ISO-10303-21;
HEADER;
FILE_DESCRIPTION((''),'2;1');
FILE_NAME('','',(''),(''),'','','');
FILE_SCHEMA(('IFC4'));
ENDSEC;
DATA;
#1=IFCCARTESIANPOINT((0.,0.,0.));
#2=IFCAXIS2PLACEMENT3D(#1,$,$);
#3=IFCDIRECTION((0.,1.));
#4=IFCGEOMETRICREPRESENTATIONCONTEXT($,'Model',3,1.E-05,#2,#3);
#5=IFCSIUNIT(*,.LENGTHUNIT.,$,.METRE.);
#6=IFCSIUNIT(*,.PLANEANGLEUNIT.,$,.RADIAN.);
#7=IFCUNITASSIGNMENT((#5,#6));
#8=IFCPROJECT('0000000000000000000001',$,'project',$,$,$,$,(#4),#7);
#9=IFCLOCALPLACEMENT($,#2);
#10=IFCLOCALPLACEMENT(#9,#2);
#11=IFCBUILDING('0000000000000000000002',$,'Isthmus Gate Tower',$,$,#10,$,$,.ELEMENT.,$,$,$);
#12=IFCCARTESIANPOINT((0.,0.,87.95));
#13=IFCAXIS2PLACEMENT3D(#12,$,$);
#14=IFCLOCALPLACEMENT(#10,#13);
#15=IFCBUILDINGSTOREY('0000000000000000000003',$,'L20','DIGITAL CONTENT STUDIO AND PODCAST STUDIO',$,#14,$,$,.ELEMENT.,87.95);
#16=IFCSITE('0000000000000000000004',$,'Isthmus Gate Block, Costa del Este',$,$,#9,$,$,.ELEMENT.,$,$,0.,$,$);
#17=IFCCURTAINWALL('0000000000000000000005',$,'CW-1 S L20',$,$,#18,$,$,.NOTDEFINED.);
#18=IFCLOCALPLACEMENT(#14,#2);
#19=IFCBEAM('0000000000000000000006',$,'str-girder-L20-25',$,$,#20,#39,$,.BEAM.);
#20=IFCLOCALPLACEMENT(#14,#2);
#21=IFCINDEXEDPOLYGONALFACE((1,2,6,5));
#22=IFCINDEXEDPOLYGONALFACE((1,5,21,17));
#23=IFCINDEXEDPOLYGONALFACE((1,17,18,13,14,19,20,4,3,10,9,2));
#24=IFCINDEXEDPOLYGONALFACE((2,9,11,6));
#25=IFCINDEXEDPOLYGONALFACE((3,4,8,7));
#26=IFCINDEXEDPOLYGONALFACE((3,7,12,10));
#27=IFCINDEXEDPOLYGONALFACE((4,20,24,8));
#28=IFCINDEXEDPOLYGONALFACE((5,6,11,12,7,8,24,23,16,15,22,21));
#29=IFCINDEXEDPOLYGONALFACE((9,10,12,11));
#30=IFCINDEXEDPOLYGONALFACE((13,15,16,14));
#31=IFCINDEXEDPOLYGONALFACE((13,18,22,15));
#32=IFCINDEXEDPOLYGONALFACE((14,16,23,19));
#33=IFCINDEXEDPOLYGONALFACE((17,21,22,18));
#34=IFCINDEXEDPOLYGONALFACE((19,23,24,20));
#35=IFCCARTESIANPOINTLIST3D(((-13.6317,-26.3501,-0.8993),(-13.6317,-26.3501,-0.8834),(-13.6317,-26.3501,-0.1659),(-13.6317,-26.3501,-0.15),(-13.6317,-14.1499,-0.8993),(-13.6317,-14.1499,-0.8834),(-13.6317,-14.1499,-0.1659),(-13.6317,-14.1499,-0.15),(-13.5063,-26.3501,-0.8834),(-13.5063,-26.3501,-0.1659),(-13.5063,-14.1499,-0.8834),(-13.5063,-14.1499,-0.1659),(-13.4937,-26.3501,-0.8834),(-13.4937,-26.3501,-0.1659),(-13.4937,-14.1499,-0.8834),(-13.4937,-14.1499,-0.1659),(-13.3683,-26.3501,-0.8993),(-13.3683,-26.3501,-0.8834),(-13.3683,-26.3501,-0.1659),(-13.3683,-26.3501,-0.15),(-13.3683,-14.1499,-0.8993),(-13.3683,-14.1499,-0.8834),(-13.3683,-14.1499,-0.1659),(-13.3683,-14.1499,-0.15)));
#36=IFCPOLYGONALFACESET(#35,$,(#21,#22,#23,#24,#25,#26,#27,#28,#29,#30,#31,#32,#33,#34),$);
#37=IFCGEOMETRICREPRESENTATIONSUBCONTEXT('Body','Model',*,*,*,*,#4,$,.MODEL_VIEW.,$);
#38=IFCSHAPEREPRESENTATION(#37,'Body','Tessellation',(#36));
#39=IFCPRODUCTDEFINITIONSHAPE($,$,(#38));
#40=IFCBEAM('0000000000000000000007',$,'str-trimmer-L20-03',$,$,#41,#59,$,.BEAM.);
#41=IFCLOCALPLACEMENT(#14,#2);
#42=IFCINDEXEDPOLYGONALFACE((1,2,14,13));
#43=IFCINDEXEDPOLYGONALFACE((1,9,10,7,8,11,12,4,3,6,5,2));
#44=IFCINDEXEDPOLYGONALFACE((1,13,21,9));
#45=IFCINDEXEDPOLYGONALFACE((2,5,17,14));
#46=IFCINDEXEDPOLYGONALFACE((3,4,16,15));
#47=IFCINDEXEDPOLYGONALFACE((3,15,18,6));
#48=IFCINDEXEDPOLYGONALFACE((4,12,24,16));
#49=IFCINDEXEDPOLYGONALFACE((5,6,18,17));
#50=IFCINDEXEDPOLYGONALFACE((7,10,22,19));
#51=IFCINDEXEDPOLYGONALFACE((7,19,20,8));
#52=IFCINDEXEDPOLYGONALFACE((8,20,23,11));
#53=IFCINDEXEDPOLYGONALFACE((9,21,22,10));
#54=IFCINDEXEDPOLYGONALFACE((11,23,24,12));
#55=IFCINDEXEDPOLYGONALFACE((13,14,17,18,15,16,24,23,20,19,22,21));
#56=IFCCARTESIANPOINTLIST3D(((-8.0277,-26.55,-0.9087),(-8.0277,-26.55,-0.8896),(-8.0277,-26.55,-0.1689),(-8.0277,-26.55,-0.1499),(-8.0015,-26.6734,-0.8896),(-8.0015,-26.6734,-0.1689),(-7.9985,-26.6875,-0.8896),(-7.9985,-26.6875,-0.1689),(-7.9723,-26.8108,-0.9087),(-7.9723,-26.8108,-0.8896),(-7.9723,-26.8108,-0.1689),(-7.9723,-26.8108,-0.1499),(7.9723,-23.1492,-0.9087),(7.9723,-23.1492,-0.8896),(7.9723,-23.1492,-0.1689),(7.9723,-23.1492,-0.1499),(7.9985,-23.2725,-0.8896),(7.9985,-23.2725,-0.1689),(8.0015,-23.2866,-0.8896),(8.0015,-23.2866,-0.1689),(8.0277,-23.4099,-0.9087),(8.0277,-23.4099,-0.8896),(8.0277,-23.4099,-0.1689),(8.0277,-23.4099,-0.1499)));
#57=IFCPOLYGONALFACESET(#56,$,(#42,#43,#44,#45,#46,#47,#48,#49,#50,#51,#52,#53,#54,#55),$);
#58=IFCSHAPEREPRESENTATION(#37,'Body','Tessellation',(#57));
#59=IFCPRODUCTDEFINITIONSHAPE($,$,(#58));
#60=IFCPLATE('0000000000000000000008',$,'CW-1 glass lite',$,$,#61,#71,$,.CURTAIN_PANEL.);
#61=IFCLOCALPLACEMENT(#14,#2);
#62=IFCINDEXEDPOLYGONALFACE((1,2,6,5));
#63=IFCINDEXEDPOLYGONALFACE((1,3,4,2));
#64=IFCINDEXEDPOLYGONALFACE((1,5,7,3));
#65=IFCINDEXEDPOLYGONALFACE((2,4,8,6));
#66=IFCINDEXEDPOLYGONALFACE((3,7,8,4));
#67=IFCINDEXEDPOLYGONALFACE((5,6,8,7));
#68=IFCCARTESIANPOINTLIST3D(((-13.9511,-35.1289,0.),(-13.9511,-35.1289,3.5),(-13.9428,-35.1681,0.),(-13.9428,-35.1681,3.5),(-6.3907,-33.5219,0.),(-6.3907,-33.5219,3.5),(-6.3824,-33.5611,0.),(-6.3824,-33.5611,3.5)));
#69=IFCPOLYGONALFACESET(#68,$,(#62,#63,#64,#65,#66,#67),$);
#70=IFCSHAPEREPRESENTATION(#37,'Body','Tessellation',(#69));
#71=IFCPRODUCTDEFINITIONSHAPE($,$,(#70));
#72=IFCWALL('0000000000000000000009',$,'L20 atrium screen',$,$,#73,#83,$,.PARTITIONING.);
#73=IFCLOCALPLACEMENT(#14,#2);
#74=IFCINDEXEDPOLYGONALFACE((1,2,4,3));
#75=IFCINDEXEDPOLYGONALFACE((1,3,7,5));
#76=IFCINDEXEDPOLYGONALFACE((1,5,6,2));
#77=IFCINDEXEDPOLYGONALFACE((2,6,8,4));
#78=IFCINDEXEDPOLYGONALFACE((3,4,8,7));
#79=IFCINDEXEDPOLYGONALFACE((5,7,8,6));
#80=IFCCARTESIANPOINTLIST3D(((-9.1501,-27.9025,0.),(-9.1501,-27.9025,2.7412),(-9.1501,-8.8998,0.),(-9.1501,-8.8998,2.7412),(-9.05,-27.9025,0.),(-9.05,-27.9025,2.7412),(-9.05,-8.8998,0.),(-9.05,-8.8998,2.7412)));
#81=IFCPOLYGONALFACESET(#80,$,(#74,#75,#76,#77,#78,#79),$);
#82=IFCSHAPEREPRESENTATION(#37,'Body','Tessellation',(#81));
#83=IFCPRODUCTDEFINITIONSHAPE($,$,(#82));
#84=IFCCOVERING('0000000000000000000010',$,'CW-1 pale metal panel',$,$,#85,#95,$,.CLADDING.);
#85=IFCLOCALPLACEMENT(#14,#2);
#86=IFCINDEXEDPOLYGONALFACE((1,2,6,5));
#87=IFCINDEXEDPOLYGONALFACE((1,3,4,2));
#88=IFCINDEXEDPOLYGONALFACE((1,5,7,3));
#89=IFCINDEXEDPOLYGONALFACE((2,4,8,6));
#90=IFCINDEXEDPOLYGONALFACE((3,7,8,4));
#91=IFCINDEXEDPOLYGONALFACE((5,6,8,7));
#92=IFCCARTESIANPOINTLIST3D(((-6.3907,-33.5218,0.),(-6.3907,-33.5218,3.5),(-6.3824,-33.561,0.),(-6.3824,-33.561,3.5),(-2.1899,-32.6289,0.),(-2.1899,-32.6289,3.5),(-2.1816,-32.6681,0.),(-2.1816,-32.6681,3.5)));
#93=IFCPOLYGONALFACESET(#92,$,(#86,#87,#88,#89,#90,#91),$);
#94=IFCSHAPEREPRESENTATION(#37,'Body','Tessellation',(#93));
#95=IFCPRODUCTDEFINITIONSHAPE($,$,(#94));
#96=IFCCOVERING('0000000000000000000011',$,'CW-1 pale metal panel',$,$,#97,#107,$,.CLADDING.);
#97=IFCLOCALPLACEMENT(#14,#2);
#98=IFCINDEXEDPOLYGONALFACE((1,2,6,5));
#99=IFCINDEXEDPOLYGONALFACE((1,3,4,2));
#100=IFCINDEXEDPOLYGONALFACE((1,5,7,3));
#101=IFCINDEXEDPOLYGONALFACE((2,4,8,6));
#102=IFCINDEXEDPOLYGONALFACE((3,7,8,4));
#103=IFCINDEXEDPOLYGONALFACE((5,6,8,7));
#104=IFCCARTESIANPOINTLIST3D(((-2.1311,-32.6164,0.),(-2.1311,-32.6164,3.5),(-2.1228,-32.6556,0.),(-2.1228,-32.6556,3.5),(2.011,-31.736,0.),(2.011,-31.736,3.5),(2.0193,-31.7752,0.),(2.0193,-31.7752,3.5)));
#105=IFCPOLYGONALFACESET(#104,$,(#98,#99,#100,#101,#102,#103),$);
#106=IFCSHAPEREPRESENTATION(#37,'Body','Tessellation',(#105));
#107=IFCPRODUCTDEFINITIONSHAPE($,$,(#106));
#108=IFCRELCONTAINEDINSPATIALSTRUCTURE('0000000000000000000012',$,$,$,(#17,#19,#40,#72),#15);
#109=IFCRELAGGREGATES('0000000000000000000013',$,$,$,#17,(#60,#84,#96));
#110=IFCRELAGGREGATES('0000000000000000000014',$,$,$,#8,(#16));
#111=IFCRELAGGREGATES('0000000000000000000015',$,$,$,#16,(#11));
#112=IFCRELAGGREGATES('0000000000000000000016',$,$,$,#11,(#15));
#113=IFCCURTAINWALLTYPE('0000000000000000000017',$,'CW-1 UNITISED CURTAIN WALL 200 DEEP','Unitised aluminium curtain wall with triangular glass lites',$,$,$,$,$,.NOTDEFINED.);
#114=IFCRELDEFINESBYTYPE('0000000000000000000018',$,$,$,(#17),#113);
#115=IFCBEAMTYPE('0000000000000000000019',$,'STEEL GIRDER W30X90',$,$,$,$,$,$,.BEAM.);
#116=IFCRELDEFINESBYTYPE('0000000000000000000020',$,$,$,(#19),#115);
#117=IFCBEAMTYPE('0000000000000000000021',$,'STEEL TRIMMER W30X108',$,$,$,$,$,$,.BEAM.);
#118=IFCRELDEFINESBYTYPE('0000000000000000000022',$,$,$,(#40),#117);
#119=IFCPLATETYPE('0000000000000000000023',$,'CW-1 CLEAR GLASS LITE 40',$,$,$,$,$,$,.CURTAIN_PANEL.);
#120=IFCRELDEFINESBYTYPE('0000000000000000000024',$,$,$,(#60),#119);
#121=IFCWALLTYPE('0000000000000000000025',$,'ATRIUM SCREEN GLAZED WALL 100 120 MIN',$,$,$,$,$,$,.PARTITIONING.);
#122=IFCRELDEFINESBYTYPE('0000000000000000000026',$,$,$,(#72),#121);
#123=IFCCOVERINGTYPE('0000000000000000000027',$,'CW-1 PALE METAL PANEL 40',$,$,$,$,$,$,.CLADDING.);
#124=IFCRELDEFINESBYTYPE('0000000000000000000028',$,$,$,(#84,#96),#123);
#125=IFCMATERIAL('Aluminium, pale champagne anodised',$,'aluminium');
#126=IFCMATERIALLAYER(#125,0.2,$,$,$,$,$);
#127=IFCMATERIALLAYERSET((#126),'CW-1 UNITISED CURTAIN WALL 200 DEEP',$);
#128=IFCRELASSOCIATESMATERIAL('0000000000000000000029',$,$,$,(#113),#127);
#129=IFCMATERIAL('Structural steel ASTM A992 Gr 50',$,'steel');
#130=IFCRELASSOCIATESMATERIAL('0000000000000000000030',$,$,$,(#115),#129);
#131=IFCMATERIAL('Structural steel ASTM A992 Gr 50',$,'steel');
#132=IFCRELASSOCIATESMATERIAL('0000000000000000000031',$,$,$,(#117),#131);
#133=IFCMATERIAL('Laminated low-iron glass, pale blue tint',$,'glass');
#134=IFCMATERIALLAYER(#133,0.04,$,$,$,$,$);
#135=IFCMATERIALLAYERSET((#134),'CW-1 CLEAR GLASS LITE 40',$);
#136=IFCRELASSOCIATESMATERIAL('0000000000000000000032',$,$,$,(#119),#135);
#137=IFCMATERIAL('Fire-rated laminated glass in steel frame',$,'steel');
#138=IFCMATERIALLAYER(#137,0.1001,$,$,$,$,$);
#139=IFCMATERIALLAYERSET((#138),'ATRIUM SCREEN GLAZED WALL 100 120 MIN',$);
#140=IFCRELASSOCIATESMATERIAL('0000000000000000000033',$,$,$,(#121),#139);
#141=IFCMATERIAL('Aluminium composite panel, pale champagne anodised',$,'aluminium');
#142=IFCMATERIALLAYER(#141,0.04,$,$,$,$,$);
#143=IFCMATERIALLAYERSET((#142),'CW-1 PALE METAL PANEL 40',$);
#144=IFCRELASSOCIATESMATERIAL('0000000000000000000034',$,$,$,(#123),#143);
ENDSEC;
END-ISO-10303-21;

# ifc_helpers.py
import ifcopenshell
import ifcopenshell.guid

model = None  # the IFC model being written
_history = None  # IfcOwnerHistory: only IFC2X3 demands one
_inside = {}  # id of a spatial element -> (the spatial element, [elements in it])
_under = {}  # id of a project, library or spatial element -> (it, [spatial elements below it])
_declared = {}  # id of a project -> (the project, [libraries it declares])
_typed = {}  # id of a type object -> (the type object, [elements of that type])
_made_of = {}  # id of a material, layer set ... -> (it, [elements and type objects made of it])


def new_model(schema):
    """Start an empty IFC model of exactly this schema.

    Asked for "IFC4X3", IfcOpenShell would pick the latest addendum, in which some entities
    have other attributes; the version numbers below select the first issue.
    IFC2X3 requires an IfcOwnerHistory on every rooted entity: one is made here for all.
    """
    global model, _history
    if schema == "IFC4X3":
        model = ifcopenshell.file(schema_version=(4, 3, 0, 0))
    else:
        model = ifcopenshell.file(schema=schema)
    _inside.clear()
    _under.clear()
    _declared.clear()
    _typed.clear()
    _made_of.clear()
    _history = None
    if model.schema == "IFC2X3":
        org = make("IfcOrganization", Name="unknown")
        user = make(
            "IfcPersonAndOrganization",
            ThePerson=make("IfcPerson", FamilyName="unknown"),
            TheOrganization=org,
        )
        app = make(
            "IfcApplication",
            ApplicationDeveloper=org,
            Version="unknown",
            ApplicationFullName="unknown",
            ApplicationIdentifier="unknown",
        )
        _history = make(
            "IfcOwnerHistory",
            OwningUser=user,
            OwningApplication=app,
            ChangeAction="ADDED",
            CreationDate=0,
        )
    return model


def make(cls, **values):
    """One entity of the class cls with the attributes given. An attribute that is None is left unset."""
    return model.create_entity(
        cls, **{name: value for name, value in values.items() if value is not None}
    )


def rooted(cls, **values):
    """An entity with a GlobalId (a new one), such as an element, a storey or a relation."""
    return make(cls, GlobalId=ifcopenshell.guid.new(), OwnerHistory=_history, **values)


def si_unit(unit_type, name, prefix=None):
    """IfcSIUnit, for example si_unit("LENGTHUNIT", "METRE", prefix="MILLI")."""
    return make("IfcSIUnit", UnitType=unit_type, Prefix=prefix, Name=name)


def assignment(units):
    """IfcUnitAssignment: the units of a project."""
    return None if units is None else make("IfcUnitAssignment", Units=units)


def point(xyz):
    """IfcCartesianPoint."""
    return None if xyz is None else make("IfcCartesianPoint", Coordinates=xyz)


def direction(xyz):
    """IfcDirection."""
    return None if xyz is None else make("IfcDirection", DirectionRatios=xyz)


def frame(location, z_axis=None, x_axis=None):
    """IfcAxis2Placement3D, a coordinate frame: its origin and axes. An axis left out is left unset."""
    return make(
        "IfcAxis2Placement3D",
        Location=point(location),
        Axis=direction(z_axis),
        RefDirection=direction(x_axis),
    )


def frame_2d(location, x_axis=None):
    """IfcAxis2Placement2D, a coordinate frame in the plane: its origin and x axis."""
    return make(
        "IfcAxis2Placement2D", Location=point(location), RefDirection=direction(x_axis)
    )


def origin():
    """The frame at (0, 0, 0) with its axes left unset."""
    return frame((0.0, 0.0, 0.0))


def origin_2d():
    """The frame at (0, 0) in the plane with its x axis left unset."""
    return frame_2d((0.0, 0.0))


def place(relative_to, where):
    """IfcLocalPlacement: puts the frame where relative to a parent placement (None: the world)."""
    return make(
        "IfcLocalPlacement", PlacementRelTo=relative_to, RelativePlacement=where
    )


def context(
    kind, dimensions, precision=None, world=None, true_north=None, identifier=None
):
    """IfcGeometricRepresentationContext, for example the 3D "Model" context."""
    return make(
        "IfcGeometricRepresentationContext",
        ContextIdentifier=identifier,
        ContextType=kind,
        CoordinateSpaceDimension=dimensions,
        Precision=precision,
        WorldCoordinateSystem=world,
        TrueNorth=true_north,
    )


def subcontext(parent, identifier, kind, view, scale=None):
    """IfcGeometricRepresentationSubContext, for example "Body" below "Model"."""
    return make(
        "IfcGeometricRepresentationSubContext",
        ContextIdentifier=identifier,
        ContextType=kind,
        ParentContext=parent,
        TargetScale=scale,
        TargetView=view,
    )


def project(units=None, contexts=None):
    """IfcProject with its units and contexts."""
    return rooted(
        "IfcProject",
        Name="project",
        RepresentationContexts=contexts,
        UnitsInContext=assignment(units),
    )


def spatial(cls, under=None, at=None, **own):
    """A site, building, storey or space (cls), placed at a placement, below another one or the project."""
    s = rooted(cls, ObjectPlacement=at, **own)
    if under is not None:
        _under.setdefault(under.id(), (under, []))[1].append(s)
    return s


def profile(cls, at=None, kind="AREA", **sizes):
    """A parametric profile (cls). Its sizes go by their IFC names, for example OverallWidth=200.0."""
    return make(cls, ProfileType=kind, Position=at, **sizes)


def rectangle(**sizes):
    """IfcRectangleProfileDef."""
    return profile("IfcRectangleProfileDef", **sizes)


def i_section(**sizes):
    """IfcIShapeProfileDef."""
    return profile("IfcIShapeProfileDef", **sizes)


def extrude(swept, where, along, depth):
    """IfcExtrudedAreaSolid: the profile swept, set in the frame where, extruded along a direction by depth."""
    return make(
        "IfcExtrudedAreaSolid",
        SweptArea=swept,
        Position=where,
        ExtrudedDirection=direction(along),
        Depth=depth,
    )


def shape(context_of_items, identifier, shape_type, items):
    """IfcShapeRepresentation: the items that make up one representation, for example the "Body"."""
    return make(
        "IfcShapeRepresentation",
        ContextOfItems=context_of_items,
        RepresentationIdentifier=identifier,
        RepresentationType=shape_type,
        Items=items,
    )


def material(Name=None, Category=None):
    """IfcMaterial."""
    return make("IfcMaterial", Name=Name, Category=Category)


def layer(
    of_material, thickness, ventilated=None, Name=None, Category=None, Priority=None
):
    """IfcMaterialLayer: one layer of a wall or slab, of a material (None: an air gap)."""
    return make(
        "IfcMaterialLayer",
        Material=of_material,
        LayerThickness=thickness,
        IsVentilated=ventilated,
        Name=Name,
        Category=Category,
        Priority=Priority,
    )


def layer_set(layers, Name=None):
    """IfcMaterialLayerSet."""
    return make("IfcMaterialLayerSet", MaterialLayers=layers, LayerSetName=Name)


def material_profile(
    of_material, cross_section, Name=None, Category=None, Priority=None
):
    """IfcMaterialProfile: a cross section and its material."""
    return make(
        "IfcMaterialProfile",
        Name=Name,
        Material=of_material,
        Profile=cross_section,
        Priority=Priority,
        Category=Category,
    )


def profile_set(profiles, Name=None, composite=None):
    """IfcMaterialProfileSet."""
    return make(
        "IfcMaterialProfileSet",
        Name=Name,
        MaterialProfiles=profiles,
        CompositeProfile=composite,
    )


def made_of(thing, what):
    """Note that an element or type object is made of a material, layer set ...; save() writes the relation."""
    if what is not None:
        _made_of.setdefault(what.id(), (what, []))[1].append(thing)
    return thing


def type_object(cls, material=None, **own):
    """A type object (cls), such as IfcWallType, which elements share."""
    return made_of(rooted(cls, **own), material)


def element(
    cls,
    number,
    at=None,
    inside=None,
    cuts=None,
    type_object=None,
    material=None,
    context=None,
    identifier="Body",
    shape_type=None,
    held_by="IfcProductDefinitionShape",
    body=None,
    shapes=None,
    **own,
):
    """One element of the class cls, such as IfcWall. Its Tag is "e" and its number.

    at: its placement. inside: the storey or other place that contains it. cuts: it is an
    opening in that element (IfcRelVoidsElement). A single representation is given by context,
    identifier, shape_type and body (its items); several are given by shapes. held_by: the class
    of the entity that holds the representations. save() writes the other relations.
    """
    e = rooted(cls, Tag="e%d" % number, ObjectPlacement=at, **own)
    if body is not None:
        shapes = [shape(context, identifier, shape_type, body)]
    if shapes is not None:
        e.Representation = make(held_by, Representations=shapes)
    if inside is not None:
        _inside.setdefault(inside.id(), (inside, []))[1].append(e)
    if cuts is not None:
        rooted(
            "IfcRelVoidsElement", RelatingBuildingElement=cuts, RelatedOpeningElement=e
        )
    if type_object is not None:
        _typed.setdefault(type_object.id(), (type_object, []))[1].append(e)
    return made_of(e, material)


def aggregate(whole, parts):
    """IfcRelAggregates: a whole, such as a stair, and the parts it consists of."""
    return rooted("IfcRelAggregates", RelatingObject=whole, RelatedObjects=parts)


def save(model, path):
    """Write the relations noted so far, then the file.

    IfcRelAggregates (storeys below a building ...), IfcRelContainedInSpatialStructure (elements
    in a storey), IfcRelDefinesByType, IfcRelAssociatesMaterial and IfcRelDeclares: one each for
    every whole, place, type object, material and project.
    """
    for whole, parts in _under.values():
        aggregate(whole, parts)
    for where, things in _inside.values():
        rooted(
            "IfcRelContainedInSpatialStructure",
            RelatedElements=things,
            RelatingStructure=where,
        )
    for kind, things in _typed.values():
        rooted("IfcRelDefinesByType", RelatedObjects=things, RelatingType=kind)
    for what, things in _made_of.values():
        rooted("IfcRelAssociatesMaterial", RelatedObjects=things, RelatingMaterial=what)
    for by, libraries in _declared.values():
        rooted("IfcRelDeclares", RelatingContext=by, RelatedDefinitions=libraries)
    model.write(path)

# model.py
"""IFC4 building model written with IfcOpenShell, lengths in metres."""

from ifc_helpers import new_model, si_unit, direction, frame, frame_2d, origin, origin_2d, place, context, subcontext, project, spatial, rectangle, i_section, extrude, material, layer, layer_set, material_profile, profile_set, type_object, element, aggregate, save


model = new_model("IFC4")

# Units and contexts
model_context = context("Model", 3, precision=1e-05, world=origin(), true_north=direction((0.0, 1.0)))
body_context = subcontext(model_context, "Body", "Model", "MODEL_VIEW")
ifc_project = project(units=[si_unit("LENGTHUNIT", "METRE"), si_unit("PLANEANGLEUNIT", "RADIAN")], contexts=[model_context])

# Site, building, storey
site_placement = place(None, origin())
site = spatial("IfcSite", under=ifc_project, at=site_placement, Name="Isthmus Gate Block, Costa del Este", CompositionType="ELEMENT", RefElevation=0.0)
building_placement = place(site_placement, origin())
building = spatial("IfcBuilding", under=site, at=building_placement, Name="Isthmus Gate Tower", CompositionType="ELEMENT")
storey_placement = place(building_placement, frame((0.0, 0.0, 87.95)))
storey = spatial("IfcBuildingStorey", under=building, at=storey_placement, Name="L20", Description="DIGITAL CONTENT STUDIO AND PODCAST STUDIO", CompositionType="ELEMENT", Elevation=87.95)

# Curtain wall
ifc_material_1 = material(Name="Aluminium, pale champagne anodised", Category="aluminium")
ifc_layer_1 = layer(ifc_material_1, 0.2)
ifc_layer_set_1 = layer_set([ifc_layer_1], Name="CW-1 UNITISED CURTAIN WALL 200 DEEP")
curtain_wall_type = type_object("IfcCurtainWallType", Name="CW-1 UNITISED CURTAIN WALL 200 DEEP", Description="Unitised aluminium curtain wall with triangular glass lites", PredefinedType="NOTDEFINED", material=ifc_layer_set_1)
curtain_wall_placement = place(storey_placement, origin())
curtain_wall = element("IfcCurtainWall", 1, at=curtain_wall_placement, inside=storey, type_object=curtain_wall_type, Name="CW-1 S L20", PredefinedType="NOTDEFINED")

# Beams
ifc_material_2 = material(Name="Structural steel ASTM A992 Gr 50", Category="steel")
ifc_material_profile_1 = material_profile(ifc_material_2, i_section(OverallWidth=0.2634, OverallDepth=0.7493, WebThickness=0.0127, FlangeThickness=0.0159, at=origin_2d()), Name="W30X90")
ifc_profile_set_1 = profile_set([ifc_material_profile_1], Name="Structural steel ASTM A992 Gr 50")
beam_type_1 = type_object("IfcBeamType", Name="STEEL GIRDER W30X90", PredefinedType="BEAM", material=ifc_profile_set_1)
beam_1_placement = place(storey_placement, frame((-13.5, -26.3501, -0.5247), z_axis=(0.0, 1.0, 0.0), x_axis=(-1.0, 0.0, 0.0)))
element("IfcBeam", 2, at=beam_1_placement, inside=storey, type_object=beam_type_1, Name="str-girder-L20-25", PredefinedType="BEAM", context=body_context, shape_type="SweptSolid", body=[
    extrude(i_section(OverallWidth=0.2634, OverallDepth=0.7493, WebThickness=0.0127, FlangeThickness=0.0159, at=origin_2d()), origin(), (0.0, 0.0, 1.0), 12.2002),
])
ifc_material_3 = material(Name="Structural steel ASTM A992 Gr 50", Category="steel")
ifc_material_profile_2 = material_profile(ifc_material_3, i_section(OverallWidth=0.2666, OverallDepth=0.7588, WebThickness=0.0144, FlangeThickness=0.019, at=origin_2d()), Name="W30X108")
ifc_profile_set_2 = profile_set([ifc_material_profile_2], Name="Structural steel ASTM A992 Gr 50")
beam_type_2 = type_object("IfcBeamType", Name="STEEL TRIMMER W30X108", PredefinedType="BEAM", material=ifc_profile_set_2)
beam_2_placement = place(storey_placement, frame((-8.0, -26.6804, -0.5293), z_axis=(0.978148, 0.20791, 0.0), x_axis=(-0.20791, 0.978148, 0.0)))
element("IfcBeam", 3, at=beam_2_placement, inside=storey, type_object=beam_type_2, Name="str-trimmer-L20-03", PredefinedType="BEAM", context=body_context, shape_type="SweptSolid", body=[
    extrude(i_section(OverallWidth=0.2666, OverallDepth=0.7588, WebThickness=0.0144, FlangeThickness=0.019, at=origin_2d()), origin(), (0.0, 0.0, 1.0), 16.3574),
])

# Plate
ifc_material_4 = material(Name="Laminated low-iron glass, pale blue tint", Category="glass")
ifc_layer_2 = layer(ifc_material_4, 0.04)
ifc_layer_set_2 = layer_set([ifc_layer_2], Name="CW-1 CLEAR GLASS LITE 40")
plate_type = type_object("IfcPlateType", Name="CW-1 CLEAR GLASS LITE 40", PredefinedType="CURTAIN_PANEL", material=ifc_layer_set_2)
plate_placement = place(storey_placement, frame((-10.1667, -34.345, 0.0), z_axis=(0.0, 0.0, 1.0), x_axis=(0.978148, 0.207912, 0.0)))
plate = element("IfcPlate", 4, at=plate_placement, type_object=plate_type, Name="CW-1 glass lite", PredefinedType="CURTAIN_PANEL", context=body_context, shape_type="SweptSolid", body=[
    extrude(rectangle(XDim=7.7292, YDim=0.04, at=origin_2d()), origin(), (0.0, 0.0, 1.0), 3.5),
])

# Wall
ifc_material_5 = material(Name="Fire-rated laminated glass in steel frame", Category="steel")
ifc_layer_3 = layer(ifc_material_5, 0.1001)
ifc_layer_set_3 = layer_set([ifc_layer_3], Name="ATRIUM SCREEN GLAZED WALL 100 120 MIN")
wall_type = type_object("IfcWallType", Name="ATRIUM SCREEN GLAZED WALL 100 120 MIN", PredefinedType="PARTITIONING", material=ifc_layer_set_3)
wall_placement = place(storey_placement, frame((-9.1001, -27.9026, 0.0), z_axis=(0.0, 0.0, 1.0), x_axis=(0.0, 1.0, 0.0)))
element("IfcWall", 5, at=wall_placement, inside=storey, type_object=wall_type, Name="L20 atrium screen", PredefinedType="PARTITIONING", context=body_context, shape_type="SweptSolid", body=[
    extrude(rectangle(XDim=19.0027, YDim=0.1001, at=frame_2d((9.5015, 0.0))), origin(), (0.0, 0.0, 1.0), 2.7412),
])

# Coverings
ifc_material_6 = material(Name="Aluminium composite panel, pale champagne anodised", Category="aluminium")
ifc_layer_4 = layer(ifc_material_6, 0.04)
ifc_layer_set_4 = layer_set([ifc_layer_4], Name="CW-1 PALE METAL PANEL 40")
covering_type = type_object("IfcCoveringType", Name="CW-1 PALE METAL PANEL 40", PredefinedType="CLADDING", material=ifc_layer_set_4)
covering_1_placement = place(storey_placement, frame((-4.2861, -33.095, 0.0), z_axis=(0.0, 0.0, 1.0), x_axis=(0.978148, 0.207912, 0.0)))
covering_1 = element("IfcCovering", 6, at=covering_1_placement, type_object=covering_type, Name="CW-1 pale metal panel", PredefinedType="CLADDING", context=body_context, shape_type="SweptSolid", body=[
    extrude(rectangle(XDim=4.2947, YDim=0.04, at=origin_2d()), origin(), (0.0, 0.0, 1.0), 3.5),
])
covering_2_placement = place(storey_placement, frame((-0.0559, -32.1958, 0.0), z_axis=(0.0, 0.0, 1.0), x_axis=(0.978148, 0.207912, 0.0)))
covering_2 = element("IfcCovering", 7, at=covering_2_placement, type_object=covering_type, Name="CW-1 pale metal panel", PredefinedType="CLADDING", context=body_context, shape_type="SweptSolid", body=[
    extrude(rectangle(XDim=4.2346, YDim=0.04, at=origin_2d()), origin(), (0.0, 0.0, 1.0), 3.5),
])
aggregate(curtain_wall, [plate, covering_1, covering_2])

save(model, "model.ifc")
